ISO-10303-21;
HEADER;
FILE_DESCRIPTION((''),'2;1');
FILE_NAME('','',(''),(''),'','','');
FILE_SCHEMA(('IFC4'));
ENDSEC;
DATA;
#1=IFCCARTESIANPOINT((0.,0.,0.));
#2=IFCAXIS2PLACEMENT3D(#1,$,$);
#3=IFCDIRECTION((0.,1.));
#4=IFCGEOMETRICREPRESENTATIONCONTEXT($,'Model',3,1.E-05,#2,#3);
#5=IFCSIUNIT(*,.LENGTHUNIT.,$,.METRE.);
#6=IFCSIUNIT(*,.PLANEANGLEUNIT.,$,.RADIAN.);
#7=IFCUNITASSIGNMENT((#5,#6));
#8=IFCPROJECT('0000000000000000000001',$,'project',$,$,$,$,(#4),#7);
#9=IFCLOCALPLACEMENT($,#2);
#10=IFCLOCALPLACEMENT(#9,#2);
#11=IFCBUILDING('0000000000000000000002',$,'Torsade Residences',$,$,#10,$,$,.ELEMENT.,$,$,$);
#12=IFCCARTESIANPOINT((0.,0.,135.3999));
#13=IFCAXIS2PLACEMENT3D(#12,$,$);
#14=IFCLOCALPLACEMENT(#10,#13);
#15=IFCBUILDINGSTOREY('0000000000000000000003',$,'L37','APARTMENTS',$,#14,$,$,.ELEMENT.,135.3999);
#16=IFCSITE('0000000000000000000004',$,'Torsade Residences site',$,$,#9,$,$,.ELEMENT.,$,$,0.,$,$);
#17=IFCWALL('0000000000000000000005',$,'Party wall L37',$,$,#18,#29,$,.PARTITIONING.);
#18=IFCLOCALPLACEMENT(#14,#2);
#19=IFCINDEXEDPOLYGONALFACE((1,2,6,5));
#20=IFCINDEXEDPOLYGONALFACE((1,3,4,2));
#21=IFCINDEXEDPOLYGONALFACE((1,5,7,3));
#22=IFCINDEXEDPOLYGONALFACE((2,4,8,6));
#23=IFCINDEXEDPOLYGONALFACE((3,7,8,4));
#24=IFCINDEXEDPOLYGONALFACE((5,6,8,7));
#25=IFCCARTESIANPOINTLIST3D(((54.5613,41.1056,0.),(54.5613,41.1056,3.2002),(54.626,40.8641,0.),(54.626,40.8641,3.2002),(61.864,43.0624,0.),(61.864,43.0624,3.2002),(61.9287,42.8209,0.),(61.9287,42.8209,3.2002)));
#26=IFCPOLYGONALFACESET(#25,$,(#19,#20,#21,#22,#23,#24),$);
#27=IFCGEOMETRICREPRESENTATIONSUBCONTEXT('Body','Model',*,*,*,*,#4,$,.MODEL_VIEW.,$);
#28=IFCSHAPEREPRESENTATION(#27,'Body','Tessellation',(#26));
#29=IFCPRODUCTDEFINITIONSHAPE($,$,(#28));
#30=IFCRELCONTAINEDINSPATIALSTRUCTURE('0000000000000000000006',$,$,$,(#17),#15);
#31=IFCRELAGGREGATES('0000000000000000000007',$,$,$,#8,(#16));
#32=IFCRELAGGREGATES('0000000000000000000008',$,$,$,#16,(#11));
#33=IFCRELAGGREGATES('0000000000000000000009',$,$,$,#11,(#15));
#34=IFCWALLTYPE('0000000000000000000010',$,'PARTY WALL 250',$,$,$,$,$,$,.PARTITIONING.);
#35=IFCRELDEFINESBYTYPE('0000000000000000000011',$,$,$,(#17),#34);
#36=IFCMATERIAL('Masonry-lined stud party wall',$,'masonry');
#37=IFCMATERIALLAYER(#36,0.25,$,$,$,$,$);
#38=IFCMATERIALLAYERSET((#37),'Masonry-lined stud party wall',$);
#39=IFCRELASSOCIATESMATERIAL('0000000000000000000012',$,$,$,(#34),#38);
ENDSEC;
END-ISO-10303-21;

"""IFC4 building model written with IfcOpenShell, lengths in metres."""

from ifc_helpers import new_model, si_unit, direction, frame, frame_2d, origin, place, context, subcontext, project, spatial, rectangle, extrude, material, layer, layer_set, type_object, element, save


model = new_model("IFC4")

# Units and contexts
model_context = context("Model", 3, precision=1e-05, world=origin(), true_north=direction((0.0, 1.0)))
body_context = subcontext(model_context, "Body", "Model", "MODEL_VIEW")
ifc_project = project(units=[si_unit("LENGTHUNIT", "METRE"), si_unit("PLANEANGLEUNIT", "RADIAN")], contexts=[model_context])

# Site, building, storey
site_placement = place(None, origin())
site = spatial("IfcSite", under=ifc_project, at=site_placement, Name="Torsade Residences site", CompositionType="ELEMENT", RefElevation=0.0)
building_placement = place(site_placement, origin())
building = spatial("IfcBuilding", under=site, at=building_placement, Name="Torsade Residences", CompositionType="ELEMENT")
storey_placement = place(building_placement, frame((0.0, 0.0, 135.3999)))
storey = spatial("IfcBuildingStorey", under=building, at=storey_placement, Name="L37", Description="APARTMENTS", CompositionType="ELEMENT", Elevation=135.3999)

# Wall
ifc_material_1 = material(Name="Masonry-lined stud party wall", Category="masonry")
ifc_layer_1 = layer(ifc_material_1, 0.25)
ifc_layer_set_1 = layer_set([ifc_layer_1], Name="Masonry-lined stud party wall")
wall_type_1 = type_object("IfcWallType", Name="PARTY WALL 250", PredefinedType="PARTITIONING", material=ifc_layer_set_1)
wall_1_placement = place(storey_placement, frame((61.8965, 42.9417, 0.0), z_axis=(0.0, 0.0, 1.0), x_axis=(-0.965925, -0.258822, 0.0)))
element("IfcWall", 1, at=wall_1_placement, inside=storey, type_object=wall_type_1, Name="Party wall L37", PredefinedType="PARTITIONING", context=body_context, shape_type="SweptSolid", body=[
    extrude(rectangle(XDim=7.5603, YDim=0.25, at=frame_2d((3.7803, 0.0))), origin(), (0.0, 0.0, 1.0), 3.2002),
])

save(model, "model.ifc")
